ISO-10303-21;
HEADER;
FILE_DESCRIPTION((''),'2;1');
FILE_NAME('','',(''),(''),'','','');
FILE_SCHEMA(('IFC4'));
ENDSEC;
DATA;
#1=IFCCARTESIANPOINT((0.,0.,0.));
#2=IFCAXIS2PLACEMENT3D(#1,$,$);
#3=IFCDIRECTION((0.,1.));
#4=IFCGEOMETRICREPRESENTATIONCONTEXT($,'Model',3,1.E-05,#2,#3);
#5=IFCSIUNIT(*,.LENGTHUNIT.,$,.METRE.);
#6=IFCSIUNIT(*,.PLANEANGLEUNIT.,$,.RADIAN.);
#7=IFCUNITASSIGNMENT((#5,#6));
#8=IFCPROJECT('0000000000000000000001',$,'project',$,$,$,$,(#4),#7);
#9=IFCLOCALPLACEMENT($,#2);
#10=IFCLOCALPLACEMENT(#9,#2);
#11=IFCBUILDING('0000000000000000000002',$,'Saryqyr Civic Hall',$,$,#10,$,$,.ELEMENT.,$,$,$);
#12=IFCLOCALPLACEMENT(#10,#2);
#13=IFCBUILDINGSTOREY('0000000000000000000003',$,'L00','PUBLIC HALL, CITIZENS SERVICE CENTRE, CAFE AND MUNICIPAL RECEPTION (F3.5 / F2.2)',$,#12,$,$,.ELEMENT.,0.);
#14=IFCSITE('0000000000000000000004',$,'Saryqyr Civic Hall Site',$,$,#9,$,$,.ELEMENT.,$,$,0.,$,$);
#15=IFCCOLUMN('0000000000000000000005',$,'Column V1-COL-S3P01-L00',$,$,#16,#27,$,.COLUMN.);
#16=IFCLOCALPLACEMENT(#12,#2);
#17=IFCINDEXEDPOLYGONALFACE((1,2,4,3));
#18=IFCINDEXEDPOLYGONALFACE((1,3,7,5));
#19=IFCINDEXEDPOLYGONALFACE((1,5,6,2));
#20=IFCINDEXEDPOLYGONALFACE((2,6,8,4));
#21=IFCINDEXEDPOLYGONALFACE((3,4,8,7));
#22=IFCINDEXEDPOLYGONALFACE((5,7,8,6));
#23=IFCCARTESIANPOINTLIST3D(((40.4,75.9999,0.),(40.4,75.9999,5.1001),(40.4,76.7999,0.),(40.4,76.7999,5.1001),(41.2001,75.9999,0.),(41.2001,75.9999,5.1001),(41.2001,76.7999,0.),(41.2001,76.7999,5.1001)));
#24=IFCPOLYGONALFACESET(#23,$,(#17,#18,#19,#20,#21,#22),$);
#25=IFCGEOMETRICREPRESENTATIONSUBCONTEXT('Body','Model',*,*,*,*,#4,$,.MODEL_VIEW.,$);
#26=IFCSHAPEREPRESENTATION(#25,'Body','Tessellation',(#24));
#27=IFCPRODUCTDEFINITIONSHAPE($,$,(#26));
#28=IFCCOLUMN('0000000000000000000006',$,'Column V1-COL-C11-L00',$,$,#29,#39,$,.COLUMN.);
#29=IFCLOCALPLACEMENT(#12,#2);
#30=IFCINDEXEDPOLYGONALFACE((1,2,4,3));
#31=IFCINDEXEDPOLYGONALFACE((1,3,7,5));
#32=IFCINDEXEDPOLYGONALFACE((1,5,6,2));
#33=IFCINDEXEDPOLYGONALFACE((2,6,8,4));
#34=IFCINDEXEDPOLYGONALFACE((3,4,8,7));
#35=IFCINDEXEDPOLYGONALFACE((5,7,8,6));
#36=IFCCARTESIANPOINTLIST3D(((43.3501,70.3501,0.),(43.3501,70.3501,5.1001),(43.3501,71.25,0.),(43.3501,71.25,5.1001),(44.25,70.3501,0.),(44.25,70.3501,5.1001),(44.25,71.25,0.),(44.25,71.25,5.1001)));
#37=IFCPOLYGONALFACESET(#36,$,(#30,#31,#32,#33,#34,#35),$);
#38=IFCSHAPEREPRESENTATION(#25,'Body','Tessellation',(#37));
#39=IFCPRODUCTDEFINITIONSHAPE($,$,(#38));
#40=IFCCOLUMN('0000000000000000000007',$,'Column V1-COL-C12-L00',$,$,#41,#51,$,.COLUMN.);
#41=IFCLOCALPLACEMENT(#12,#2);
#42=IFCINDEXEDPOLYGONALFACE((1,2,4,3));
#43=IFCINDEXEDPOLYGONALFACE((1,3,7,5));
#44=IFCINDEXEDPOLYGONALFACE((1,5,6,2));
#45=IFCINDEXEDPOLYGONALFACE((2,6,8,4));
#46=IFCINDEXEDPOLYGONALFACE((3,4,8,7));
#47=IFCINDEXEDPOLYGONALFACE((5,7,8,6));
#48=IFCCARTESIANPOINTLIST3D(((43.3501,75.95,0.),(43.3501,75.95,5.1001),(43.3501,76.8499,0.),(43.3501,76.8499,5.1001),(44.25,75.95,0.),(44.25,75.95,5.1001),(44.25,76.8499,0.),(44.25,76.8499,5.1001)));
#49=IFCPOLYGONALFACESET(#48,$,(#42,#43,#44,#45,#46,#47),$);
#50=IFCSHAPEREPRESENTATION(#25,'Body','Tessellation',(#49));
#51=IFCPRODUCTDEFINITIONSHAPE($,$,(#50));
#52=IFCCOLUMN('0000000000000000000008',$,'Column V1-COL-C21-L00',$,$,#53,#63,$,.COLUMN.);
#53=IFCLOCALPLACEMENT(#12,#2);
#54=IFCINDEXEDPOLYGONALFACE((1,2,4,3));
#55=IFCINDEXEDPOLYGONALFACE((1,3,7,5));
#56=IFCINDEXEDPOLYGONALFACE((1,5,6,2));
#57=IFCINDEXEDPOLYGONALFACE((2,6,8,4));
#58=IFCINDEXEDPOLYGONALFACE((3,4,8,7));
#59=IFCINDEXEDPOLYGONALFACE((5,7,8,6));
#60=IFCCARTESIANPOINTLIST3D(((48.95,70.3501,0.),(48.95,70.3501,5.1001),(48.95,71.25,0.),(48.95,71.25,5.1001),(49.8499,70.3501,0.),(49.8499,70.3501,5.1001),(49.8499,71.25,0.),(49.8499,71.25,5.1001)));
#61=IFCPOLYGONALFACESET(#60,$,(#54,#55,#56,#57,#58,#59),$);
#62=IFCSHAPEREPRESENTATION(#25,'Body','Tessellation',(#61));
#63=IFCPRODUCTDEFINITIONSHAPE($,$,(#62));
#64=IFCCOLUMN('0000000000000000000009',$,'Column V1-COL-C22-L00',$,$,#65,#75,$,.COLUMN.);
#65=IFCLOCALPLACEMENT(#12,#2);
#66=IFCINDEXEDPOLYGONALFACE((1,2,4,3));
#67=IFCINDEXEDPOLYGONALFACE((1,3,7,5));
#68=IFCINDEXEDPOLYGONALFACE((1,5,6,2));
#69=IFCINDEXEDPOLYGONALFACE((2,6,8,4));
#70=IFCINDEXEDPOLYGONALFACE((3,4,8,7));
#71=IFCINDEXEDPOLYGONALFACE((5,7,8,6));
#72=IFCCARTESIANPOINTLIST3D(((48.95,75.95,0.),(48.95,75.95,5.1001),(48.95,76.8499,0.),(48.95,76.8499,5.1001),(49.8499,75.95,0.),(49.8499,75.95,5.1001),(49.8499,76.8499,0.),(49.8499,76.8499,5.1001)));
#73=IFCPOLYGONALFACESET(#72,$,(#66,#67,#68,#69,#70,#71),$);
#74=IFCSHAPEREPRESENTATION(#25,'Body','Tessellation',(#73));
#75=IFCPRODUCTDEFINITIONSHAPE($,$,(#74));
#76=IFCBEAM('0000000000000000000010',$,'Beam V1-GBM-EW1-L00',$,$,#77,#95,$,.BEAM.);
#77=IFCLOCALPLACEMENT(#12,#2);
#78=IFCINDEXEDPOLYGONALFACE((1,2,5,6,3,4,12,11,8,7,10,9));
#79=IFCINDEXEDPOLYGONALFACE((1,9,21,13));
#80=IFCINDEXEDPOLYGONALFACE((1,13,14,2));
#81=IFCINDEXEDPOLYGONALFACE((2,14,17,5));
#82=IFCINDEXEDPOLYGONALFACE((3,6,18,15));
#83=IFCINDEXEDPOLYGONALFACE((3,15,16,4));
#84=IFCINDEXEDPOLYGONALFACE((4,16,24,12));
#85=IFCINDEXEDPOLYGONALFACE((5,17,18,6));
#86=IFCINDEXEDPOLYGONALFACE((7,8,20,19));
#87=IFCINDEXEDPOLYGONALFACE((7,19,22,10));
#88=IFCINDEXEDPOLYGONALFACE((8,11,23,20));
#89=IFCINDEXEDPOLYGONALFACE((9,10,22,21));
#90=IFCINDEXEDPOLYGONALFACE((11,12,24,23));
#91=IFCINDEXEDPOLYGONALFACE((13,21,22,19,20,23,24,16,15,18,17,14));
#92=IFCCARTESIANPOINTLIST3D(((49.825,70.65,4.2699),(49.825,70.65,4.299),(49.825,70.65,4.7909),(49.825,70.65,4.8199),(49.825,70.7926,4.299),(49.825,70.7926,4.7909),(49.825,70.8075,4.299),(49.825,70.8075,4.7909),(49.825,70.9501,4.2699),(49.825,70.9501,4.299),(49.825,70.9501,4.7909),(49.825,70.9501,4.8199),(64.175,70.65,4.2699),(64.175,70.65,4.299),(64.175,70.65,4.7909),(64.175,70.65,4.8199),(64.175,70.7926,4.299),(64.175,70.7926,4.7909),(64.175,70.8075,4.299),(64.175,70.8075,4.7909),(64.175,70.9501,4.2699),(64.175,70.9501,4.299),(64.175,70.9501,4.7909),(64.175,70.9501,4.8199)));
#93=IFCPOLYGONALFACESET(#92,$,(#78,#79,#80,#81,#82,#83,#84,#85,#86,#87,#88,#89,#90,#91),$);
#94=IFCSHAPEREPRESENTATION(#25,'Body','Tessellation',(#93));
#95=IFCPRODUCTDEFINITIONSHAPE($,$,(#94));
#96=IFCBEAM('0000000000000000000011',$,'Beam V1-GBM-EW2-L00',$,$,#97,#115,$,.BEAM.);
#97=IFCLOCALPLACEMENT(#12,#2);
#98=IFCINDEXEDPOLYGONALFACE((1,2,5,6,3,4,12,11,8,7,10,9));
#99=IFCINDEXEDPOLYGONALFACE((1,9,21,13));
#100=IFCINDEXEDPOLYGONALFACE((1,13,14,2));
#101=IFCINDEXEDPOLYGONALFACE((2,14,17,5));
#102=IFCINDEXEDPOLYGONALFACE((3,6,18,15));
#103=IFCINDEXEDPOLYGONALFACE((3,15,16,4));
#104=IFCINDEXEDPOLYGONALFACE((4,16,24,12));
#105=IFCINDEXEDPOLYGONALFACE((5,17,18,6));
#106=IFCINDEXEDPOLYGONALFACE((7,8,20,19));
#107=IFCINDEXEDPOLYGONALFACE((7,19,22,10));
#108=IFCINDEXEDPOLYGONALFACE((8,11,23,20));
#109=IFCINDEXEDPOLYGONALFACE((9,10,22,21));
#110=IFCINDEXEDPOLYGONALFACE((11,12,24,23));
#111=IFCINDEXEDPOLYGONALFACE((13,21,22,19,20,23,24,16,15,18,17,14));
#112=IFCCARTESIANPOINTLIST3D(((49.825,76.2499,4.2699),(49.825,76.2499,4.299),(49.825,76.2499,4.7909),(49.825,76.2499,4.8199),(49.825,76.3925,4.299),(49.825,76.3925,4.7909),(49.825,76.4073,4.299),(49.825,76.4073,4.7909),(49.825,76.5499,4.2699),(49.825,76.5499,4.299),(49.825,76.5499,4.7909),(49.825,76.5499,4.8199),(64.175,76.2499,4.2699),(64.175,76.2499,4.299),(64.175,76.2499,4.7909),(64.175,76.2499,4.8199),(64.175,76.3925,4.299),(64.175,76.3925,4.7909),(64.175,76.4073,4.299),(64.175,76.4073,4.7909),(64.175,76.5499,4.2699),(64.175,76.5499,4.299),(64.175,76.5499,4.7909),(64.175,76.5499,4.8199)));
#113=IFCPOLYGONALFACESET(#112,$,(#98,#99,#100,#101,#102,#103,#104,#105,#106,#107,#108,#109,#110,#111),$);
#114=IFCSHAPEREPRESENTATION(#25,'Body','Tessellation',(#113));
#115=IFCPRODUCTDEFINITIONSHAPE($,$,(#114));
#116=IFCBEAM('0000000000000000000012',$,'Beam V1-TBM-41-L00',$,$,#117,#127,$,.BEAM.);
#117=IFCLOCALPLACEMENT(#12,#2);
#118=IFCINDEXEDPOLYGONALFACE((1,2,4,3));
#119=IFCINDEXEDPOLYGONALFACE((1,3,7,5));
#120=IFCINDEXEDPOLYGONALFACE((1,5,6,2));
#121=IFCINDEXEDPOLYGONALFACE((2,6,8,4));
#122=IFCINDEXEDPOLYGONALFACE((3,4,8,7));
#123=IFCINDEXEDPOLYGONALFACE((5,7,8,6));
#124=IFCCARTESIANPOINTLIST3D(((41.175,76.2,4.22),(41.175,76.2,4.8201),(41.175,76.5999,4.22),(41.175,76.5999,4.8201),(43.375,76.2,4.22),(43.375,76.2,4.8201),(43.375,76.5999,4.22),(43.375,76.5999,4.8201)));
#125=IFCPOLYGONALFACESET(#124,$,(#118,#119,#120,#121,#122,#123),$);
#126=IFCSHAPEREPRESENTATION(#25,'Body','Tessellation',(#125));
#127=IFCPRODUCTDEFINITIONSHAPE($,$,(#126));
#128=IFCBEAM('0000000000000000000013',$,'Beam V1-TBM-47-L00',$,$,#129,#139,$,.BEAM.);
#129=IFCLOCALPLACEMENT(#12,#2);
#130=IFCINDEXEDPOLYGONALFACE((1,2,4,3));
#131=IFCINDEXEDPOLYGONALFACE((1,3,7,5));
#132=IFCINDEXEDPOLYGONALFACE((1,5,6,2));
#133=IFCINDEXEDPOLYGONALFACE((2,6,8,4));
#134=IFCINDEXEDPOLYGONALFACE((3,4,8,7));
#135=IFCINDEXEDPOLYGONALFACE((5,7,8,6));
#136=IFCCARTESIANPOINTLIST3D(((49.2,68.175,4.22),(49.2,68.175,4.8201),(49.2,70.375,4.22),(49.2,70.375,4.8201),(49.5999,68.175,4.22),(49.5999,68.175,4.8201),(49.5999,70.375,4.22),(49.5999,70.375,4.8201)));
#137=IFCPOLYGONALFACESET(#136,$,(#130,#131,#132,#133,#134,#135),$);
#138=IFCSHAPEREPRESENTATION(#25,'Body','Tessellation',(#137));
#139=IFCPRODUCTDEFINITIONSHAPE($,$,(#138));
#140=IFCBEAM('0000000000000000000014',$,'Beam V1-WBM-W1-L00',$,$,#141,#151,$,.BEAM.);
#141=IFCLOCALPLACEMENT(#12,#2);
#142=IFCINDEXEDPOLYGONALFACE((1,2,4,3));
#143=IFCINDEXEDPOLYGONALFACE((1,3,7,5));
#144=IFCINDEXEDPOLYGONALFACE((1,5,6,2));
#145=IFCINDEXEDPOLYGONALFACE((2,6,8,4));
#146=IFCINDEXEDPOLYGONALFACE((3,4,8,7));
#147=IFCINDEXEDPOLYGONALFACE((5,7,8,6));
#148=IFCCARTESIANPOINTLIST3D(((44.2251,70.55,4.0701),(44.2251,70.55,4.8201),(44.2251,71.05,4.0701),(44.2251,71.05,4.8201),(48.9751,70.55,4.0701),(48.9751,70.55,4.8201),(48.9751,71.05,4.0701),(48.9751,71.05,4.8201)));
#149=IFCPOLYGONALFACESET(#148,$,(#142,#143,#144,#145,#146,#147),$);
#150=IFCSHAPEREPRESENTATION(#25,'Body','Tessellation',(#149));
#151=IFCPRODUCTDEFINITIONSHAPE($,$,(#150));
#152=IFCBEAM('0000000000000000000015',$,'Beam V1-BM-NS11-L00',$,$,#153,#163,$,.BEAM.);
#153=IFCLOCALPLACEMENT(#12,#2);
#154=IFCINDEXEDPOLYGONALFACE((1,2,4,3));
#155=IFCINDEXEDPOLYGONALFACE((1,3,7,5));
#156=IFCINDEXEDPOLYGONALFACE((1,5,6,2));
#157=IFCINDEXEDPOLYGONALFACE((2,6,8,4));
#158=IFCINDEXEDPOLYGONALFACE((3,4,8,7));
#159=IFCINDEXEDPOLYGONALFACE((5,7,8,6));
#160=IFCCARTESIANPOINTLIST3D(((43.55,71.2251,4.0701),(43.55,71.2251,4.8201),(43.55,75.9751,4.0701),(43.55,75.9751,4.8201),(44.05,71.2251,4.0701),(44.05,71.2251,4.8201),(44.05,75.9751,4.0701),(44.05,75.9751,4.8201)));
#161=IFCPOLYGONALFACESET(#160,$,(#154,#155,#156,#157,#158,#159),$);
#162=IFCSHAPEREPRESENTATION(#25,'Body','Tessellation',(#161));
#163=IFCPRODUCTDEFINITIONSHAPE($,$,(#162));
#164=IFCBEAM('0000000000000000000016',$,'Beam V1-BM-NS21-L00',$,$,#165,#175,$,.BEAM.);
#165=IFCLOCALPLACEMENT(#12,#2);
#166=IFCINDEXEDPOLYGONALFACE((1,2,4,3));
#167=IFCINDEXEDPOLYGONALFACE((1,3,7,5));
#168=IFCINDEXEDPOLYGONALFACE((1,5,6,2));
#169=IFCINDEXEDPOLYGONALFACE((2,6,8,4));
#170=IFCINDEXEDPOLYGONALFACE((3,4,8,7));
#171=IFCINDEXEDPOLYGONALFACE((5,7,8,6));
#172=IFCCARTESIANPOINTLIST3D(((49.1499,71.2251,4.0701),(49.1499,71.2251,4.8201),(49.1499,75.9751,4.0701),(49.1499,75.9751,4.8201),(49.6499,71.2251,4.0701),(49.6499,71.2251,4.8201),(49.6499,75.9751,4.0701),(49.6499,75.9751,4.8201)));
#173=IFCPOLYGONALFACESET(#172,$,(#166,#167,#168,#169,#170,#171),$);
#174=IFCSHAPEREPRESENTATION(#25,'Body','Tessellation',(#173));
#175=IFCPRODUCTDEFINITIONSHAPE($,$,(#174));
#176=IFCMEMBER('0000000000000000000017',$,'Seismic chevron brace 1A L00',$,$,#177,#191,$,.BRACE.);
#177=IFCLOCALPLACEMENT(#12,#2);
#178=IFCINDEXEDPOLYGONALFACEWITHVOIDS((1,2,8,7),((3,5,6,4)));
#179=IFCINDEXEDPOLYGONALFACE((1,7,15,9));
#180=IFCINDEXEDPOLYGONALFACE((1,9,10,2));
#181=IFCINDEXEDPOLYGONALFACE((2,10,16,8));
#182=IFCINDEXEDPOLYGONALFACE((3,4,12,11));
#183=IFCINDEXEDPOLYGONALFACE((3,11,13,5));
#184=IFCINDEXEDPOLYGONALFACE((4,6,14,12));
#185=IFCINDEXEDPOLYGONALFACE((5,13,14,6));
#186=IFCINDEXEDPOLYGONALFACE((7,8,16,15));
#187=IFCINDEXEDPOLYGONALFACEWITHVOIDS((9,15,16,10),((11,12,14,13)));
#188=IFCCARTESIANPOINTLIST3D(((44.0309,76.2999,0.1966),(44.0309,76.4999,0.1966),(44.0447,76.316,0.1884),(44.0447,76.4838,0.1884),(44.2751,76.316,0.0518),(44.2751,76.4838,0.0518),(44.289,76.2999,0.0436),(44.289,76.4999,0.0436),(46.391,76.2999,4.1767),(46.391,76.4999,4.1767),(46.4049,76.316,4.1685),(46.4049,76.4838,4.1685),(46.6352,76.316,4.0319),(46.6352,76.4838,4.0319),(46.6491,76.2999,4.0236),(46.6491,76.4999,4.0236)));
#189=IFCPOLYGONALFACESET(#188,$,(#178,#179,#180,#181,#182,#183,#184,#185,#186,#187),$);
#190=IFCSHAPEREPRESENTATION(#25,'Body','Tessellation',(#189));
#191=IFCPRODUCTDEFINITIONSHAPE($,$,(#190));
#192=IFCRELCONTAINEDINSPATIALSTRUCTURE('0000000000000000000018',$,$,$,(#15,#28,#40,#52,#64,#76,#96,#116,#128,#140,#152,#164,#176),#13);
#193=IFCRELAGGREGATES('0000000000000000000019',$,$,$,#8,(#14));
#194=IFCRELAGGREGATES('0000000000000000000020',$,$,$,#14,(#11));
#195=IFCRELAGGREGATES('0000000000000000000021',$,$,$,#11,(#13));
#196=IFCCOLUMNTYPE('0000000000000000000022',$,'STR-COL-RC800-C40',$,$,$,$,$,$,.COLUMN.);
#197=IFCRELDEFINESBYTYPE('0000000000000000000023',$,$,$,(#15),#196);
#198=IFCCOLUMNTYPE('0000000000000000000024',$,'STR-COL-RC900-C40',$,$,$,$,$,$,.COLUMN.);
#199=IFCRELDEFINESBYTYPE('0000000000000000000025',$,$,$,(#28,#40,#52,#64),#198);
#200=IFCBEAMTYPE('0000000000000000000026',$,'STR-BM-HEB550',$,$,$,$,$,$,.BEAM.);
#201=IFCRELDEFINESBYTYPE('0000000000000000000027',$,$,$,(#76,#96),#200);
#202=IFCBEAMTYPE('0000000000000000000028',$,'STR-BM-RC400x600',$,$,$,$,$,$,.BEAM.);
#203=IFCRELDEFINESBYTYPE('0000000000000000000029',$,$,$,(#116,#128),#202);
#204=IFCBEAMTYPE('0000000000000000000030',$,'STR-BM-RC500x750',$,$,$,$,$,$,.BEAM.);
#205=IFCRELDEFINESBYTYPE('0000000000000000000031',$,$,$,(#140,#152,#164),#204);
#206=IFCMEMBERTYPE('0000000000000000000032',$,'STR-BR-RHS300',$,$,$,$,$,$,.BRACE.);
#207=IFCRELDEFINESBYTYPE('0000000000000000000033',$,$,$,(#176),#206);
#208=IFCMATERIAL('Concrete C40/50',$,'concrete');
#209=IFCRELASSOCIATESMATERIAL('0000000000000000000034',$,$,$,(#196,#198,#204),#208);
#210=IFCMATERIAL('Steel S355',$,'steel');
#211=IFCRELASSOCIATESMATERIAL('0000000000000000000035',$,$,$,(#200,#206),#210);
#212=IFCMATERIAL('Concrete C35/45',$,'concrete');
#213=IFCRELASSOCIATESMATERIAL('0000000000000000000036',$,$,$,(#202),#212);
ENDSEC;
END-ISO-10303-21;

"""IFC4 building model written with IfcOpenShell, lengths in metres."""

from ifc_helpers import new_model, si_unit, direction, frame, origin, origin_2d, place, context, subcontext, project, spatial, rectangle, hollow_rectangle, i_section, extrude, material, material_profile, profile_set, type_object, element, save


model = new_model("IFC4")

# Units and contexts
model_context = context("Model", 3, precision=1e-05, world=origin(), true_north=direction((0.0, 1.0)))
body_context = subcontext(model_context, "Body", "Model", "MODEL_VIEW")
ifc_project = project(units=[si_unit("LENGTHUNIT", "METRE"), si_unit("PLANEANGLEUNIT", "RADIAN")], contexts=[model_context])

# Site, building, storey
site_placement = place(None, origin())
site = spatial("IfcSite", under=ifc_project, at=site_placement, Name="Saryqyr Civic Hall Site", CompositionType="ELEMENT", RefElevation=0.0)
building_placement = place(site_placement, origin())
building = spatial("IfcBuilding", under=site, at=building_placement, Name="Saryqyr Civic Hall", CompositionType="ELEMENT")
storey_placement = place(building_placement, origin())
storey = spatial("IfcBuildingStorey", under=building, at=storey_placement, Name="L00", Description="PUBLIC HALL, CITIZENS SERVICE CENTRE, CAFE AND MUNICIPAL RECEPTION (F3.5 / F2.2)", CompositionType="ELEMENT", Elevation=0.0)

# Columns
ifc_material_1 = material(Name="Concrete C40/50", Category="concrete")
ifc_material_profile_1 = material_profile(ifc_material_1, rectangle(XDim=0.8, YDim=0.8, at=origin_2d()), Name="RC 800x800")
ifc_profile_set_1 = profile_set([ifc_material_profile_1], Name="Concrete C40/50")
column_type_1 = type_object("IfcColumnType", Name="STR-COL-RC800-C40", PredefinedType="COLUMN", material=ifc_profile_set_1)
column_placement = place(storey_placement, frame((40.8, 76.3999, 0.0), z_axis=(0.0, 0.0, 1.0), x_axis=(1.0, 0.0, 0.0)))
element("IfcColumn", 1, at=column_placement, inside=storey, type_object=column_type_1, Name="Column V1-COL-S3P01-L00", PredefinedType="COLUMN", context=body_context, shape_type="SweptSolid", body=[
    extrude(rectangle(XDim=0.8, YDim=0.8, at=origin_2d()), origin(), (0.0, 0.0, 1.0), 5.1001),
])
ifc_material_profile_2 = material_profile(ifc_material_1, rectangle(XDim=0.8999, YDim=0.8999, at=origin_2d()), Name="RC 900x900")
ifc_profile_set_2 = profile_set([ifc_material_profile_2], Name="Concrete C40/50")
column_type_2 = type_object("IfcColumnType", Name="STR-COL-RC900-C40", PredefinedType="COLUMN", material=ifc_profile_set_2)
for number, where, z_axis, x_axis, name in (
    (2, (43.8, 70.8, 0.0), (0.0, 0.0, 1.0), (1.0, 0.0, 0.0), "Column V1-COL-C11-L00"),
    (3, (43.8, 76.3999, 0.0), (0.0, 0.0, 1.0), (1.0, 0.0, 0.0), "Column V1-COL-C12-L00"),
    (4, (49.3999, 70.8, 0.0), (0.0, 0.0, 1.0), (1.0, 0.0, 0.0), "Column V1-COL-C21-L00"),
    (5, (49.3999, 76.3999, 0.0), (0.0, 0.0, 1.0), (1.0, 0.0, 0.0), "Column V1-COL-C22-L00"),
):
    element("IfcColumn", number, at=place(storey_placement, frame(where, z_axis=z_axis, x_axis=x_axis)), inside=storey, type_object=column_type_2, Name=name, PredefinedType="COLUMN", context=body_context, shape_type="SweptSolid", body=[
        extrude(rectangle(XDim=0.8999, YDim=0.8999, at=origin_2d()), origin(), (0.0, 0.0, 1.0), 5.1001),
    ])

# Beams
ifc_material_2 = material(Name="Steel S355", Category="steel")
ifc_material_profile_3 = material_profile(ifc_material_2, i_section(OverallWidth=0.3, OverallDepth=0.55, WebThickness=0.0149, FlangeThickness=0.0291, at=origin_2d()), Name="HEB 550")
ifc_profile_set_3 = profile_set([ifc_material_profile_3], Name="Steel S355")
beam_type_1 = type_object("IfcBeamType", Name="STR-BM-HEB550", PredefinedType="BEAM", material=ifc_profile_set_3)
for number, where, z_axis, x_axis, name in (
    (6, (49.825, 70.8, 4.5449), (1.0, 0.0, 0.0), (0.0, 1.0, 0.0), "Beam V1-GBM-EW1-L00"),
    (7, (49.825, 76.3999, 4.5449), (1.0, 0.0, 0.0), (0.0, 1.0, 0.0), "Beam V1-GBM-EW2-L00"),
):
    element("IfcBeam", number, at=place(storey_placement, frame(where, z_axis=z_axis, x_axis=x_axis)), inside=storey, type_object=beam_type_1, Name=name, PredefinedType="BEAM", context=body_context, shape_type="SweptSolid", body=[
        extrude(i_section(OverallWidth=0.3, OverallDepth=0.55, WebThickness=0.0149, FlangeThickness=0.0291, at=origin_2d()), origin(), (0.0, 0.0, 1.0), 14.3501),
    ])
ifc_material_3 = material(Name="Concrete C35/45", Category="concrete")
ifc_material_profile_4 = material_profile(ifc_material_3, rectangle(XDim=0.3999, YDim=0.6001, at=origin_2d()), Name="RC 400x600")
ifc_profile_set_4 = profile_set([ifc_material_profile_4], Name="Concrete C35/45")
beam_type_2 = type_object("IfcBeamType", Name="STR-BM-RC400x600", PredefinedType="BEAM", material=ifc_profile_set_4)
for number, where, z_axis, x_axis, name in (
    (8, (41.175, 76.3999, 4.52), (1.0, 0.0, 0.0), (0.0, 1.0, 0.0), "Beam V1-TBM-41-L00"),
    (9, (49.3999, 68.175, 4.52), (0.0, 1.0, 0.0), (-1.0, 0.0, 0.0), "Beam V1-TBM-47-L00"),
):
    element("IfcBeam", number, at=place(storey_placement, frame(where, z_axis=z_axis, x_axis=x_axis)), inside=storey, type_object=beam_type_2, Name=name, PredefinedType="BEAM", context=body_context, shape_type="SweptSolid", body=[
        extrude(rectangle(XDim=0.3999, YDim=0.6001, at=origin_2d()), origin(), (0.0, 0.0, 1.0), 2.2),
    ])
ifc_material_profile_5 = material_profile(ifc_material_1, rectangle(XDim=0.5, YDim=0.75, at=origin_2d()), Name="RC 500x750")
ifc_profile_set_5 = profile_set([ifc_material_profile_5], Name="Concrete C40/50")
beam_type_3 = type_object("IfcBeamType", Name="STR-BM-RC500x750", PredefinedType="BEAM", material=ifc_profile_set_5)
for number, where, z_axis, x_axis, name in (
    (10, (44.2251, 70.8, 4.4451), (1.0, 0.0, 0.0), (0.0, 1.0, 0.0), "Beam V1-WBM-W1-L00"),
    (11, (43.8, 71.2251, 4.4451), (0.0, 1.0, 0.0), (-1.0, 0.0, 0.0), "Beam V1-BM-NS11-L00"),
    (12, (49.3999, 71.2251, 4.4451), (0.0, 1.0, 0.0), (-1.0, 0.0, 0.0), "Beam V1-BM-NS21-L00"),
):
    element("IfcBeam", number, at=place(storey_placement, frame(where, z_axis=z_axis, x_axis=x_axis)), inside=storey, type_object=beam_type_3, Name=name, PredefinedType="BEAM", context=body_context, shape_type="SweptSolid", body=[
        extrude(rectangle(XDim=0.5, YDim=0.75, at=origin_2d()), origin(), (0.0, 0.0, 1.0), 4.75),
    ])

# Member
ifc_material_profile_6 = material_profile(ifc_material_2, hollow_rectangle(XDim=0.2, YDim=0.3, WallThickness=0.0161, at=origin_2d()), Name="RHS 300x200x16")
ifc_profile_set_6 = profile_set([ifc_material_profile_6], Name="Steel S355")
member_type = type_object("IfcMemberType", Name="STR-BR-RHS300", PredefinedType="BRACE", material=ifc_profile_set_6)
for number, where, z_axis, x_axis, name in (
    (13, (44.1599, 76.3999, 0.1201), (0.510058, 0.0, 0.86014), (0.0, 1.0, 0.0), "Seismic chevron brace 1A L00"),
):
    element("IfcMember", number, at=place(storey_placement, frame(where, z_axis=z_axis, x_axis=x_axis)), inside=storey, type_object=member_type, Name=name, PredefinedType="BRACE", context=body_context, shape_type="SweptSolid", body=[
        extrude(hollow_rectangle(XDim=0.2, YDim=0.3, WallThickness=0.0161, at=origin_2d()), origin(), (0.0, 0.0, 1.0), 4.6272),
    ])

save(model, "model.ifc")
